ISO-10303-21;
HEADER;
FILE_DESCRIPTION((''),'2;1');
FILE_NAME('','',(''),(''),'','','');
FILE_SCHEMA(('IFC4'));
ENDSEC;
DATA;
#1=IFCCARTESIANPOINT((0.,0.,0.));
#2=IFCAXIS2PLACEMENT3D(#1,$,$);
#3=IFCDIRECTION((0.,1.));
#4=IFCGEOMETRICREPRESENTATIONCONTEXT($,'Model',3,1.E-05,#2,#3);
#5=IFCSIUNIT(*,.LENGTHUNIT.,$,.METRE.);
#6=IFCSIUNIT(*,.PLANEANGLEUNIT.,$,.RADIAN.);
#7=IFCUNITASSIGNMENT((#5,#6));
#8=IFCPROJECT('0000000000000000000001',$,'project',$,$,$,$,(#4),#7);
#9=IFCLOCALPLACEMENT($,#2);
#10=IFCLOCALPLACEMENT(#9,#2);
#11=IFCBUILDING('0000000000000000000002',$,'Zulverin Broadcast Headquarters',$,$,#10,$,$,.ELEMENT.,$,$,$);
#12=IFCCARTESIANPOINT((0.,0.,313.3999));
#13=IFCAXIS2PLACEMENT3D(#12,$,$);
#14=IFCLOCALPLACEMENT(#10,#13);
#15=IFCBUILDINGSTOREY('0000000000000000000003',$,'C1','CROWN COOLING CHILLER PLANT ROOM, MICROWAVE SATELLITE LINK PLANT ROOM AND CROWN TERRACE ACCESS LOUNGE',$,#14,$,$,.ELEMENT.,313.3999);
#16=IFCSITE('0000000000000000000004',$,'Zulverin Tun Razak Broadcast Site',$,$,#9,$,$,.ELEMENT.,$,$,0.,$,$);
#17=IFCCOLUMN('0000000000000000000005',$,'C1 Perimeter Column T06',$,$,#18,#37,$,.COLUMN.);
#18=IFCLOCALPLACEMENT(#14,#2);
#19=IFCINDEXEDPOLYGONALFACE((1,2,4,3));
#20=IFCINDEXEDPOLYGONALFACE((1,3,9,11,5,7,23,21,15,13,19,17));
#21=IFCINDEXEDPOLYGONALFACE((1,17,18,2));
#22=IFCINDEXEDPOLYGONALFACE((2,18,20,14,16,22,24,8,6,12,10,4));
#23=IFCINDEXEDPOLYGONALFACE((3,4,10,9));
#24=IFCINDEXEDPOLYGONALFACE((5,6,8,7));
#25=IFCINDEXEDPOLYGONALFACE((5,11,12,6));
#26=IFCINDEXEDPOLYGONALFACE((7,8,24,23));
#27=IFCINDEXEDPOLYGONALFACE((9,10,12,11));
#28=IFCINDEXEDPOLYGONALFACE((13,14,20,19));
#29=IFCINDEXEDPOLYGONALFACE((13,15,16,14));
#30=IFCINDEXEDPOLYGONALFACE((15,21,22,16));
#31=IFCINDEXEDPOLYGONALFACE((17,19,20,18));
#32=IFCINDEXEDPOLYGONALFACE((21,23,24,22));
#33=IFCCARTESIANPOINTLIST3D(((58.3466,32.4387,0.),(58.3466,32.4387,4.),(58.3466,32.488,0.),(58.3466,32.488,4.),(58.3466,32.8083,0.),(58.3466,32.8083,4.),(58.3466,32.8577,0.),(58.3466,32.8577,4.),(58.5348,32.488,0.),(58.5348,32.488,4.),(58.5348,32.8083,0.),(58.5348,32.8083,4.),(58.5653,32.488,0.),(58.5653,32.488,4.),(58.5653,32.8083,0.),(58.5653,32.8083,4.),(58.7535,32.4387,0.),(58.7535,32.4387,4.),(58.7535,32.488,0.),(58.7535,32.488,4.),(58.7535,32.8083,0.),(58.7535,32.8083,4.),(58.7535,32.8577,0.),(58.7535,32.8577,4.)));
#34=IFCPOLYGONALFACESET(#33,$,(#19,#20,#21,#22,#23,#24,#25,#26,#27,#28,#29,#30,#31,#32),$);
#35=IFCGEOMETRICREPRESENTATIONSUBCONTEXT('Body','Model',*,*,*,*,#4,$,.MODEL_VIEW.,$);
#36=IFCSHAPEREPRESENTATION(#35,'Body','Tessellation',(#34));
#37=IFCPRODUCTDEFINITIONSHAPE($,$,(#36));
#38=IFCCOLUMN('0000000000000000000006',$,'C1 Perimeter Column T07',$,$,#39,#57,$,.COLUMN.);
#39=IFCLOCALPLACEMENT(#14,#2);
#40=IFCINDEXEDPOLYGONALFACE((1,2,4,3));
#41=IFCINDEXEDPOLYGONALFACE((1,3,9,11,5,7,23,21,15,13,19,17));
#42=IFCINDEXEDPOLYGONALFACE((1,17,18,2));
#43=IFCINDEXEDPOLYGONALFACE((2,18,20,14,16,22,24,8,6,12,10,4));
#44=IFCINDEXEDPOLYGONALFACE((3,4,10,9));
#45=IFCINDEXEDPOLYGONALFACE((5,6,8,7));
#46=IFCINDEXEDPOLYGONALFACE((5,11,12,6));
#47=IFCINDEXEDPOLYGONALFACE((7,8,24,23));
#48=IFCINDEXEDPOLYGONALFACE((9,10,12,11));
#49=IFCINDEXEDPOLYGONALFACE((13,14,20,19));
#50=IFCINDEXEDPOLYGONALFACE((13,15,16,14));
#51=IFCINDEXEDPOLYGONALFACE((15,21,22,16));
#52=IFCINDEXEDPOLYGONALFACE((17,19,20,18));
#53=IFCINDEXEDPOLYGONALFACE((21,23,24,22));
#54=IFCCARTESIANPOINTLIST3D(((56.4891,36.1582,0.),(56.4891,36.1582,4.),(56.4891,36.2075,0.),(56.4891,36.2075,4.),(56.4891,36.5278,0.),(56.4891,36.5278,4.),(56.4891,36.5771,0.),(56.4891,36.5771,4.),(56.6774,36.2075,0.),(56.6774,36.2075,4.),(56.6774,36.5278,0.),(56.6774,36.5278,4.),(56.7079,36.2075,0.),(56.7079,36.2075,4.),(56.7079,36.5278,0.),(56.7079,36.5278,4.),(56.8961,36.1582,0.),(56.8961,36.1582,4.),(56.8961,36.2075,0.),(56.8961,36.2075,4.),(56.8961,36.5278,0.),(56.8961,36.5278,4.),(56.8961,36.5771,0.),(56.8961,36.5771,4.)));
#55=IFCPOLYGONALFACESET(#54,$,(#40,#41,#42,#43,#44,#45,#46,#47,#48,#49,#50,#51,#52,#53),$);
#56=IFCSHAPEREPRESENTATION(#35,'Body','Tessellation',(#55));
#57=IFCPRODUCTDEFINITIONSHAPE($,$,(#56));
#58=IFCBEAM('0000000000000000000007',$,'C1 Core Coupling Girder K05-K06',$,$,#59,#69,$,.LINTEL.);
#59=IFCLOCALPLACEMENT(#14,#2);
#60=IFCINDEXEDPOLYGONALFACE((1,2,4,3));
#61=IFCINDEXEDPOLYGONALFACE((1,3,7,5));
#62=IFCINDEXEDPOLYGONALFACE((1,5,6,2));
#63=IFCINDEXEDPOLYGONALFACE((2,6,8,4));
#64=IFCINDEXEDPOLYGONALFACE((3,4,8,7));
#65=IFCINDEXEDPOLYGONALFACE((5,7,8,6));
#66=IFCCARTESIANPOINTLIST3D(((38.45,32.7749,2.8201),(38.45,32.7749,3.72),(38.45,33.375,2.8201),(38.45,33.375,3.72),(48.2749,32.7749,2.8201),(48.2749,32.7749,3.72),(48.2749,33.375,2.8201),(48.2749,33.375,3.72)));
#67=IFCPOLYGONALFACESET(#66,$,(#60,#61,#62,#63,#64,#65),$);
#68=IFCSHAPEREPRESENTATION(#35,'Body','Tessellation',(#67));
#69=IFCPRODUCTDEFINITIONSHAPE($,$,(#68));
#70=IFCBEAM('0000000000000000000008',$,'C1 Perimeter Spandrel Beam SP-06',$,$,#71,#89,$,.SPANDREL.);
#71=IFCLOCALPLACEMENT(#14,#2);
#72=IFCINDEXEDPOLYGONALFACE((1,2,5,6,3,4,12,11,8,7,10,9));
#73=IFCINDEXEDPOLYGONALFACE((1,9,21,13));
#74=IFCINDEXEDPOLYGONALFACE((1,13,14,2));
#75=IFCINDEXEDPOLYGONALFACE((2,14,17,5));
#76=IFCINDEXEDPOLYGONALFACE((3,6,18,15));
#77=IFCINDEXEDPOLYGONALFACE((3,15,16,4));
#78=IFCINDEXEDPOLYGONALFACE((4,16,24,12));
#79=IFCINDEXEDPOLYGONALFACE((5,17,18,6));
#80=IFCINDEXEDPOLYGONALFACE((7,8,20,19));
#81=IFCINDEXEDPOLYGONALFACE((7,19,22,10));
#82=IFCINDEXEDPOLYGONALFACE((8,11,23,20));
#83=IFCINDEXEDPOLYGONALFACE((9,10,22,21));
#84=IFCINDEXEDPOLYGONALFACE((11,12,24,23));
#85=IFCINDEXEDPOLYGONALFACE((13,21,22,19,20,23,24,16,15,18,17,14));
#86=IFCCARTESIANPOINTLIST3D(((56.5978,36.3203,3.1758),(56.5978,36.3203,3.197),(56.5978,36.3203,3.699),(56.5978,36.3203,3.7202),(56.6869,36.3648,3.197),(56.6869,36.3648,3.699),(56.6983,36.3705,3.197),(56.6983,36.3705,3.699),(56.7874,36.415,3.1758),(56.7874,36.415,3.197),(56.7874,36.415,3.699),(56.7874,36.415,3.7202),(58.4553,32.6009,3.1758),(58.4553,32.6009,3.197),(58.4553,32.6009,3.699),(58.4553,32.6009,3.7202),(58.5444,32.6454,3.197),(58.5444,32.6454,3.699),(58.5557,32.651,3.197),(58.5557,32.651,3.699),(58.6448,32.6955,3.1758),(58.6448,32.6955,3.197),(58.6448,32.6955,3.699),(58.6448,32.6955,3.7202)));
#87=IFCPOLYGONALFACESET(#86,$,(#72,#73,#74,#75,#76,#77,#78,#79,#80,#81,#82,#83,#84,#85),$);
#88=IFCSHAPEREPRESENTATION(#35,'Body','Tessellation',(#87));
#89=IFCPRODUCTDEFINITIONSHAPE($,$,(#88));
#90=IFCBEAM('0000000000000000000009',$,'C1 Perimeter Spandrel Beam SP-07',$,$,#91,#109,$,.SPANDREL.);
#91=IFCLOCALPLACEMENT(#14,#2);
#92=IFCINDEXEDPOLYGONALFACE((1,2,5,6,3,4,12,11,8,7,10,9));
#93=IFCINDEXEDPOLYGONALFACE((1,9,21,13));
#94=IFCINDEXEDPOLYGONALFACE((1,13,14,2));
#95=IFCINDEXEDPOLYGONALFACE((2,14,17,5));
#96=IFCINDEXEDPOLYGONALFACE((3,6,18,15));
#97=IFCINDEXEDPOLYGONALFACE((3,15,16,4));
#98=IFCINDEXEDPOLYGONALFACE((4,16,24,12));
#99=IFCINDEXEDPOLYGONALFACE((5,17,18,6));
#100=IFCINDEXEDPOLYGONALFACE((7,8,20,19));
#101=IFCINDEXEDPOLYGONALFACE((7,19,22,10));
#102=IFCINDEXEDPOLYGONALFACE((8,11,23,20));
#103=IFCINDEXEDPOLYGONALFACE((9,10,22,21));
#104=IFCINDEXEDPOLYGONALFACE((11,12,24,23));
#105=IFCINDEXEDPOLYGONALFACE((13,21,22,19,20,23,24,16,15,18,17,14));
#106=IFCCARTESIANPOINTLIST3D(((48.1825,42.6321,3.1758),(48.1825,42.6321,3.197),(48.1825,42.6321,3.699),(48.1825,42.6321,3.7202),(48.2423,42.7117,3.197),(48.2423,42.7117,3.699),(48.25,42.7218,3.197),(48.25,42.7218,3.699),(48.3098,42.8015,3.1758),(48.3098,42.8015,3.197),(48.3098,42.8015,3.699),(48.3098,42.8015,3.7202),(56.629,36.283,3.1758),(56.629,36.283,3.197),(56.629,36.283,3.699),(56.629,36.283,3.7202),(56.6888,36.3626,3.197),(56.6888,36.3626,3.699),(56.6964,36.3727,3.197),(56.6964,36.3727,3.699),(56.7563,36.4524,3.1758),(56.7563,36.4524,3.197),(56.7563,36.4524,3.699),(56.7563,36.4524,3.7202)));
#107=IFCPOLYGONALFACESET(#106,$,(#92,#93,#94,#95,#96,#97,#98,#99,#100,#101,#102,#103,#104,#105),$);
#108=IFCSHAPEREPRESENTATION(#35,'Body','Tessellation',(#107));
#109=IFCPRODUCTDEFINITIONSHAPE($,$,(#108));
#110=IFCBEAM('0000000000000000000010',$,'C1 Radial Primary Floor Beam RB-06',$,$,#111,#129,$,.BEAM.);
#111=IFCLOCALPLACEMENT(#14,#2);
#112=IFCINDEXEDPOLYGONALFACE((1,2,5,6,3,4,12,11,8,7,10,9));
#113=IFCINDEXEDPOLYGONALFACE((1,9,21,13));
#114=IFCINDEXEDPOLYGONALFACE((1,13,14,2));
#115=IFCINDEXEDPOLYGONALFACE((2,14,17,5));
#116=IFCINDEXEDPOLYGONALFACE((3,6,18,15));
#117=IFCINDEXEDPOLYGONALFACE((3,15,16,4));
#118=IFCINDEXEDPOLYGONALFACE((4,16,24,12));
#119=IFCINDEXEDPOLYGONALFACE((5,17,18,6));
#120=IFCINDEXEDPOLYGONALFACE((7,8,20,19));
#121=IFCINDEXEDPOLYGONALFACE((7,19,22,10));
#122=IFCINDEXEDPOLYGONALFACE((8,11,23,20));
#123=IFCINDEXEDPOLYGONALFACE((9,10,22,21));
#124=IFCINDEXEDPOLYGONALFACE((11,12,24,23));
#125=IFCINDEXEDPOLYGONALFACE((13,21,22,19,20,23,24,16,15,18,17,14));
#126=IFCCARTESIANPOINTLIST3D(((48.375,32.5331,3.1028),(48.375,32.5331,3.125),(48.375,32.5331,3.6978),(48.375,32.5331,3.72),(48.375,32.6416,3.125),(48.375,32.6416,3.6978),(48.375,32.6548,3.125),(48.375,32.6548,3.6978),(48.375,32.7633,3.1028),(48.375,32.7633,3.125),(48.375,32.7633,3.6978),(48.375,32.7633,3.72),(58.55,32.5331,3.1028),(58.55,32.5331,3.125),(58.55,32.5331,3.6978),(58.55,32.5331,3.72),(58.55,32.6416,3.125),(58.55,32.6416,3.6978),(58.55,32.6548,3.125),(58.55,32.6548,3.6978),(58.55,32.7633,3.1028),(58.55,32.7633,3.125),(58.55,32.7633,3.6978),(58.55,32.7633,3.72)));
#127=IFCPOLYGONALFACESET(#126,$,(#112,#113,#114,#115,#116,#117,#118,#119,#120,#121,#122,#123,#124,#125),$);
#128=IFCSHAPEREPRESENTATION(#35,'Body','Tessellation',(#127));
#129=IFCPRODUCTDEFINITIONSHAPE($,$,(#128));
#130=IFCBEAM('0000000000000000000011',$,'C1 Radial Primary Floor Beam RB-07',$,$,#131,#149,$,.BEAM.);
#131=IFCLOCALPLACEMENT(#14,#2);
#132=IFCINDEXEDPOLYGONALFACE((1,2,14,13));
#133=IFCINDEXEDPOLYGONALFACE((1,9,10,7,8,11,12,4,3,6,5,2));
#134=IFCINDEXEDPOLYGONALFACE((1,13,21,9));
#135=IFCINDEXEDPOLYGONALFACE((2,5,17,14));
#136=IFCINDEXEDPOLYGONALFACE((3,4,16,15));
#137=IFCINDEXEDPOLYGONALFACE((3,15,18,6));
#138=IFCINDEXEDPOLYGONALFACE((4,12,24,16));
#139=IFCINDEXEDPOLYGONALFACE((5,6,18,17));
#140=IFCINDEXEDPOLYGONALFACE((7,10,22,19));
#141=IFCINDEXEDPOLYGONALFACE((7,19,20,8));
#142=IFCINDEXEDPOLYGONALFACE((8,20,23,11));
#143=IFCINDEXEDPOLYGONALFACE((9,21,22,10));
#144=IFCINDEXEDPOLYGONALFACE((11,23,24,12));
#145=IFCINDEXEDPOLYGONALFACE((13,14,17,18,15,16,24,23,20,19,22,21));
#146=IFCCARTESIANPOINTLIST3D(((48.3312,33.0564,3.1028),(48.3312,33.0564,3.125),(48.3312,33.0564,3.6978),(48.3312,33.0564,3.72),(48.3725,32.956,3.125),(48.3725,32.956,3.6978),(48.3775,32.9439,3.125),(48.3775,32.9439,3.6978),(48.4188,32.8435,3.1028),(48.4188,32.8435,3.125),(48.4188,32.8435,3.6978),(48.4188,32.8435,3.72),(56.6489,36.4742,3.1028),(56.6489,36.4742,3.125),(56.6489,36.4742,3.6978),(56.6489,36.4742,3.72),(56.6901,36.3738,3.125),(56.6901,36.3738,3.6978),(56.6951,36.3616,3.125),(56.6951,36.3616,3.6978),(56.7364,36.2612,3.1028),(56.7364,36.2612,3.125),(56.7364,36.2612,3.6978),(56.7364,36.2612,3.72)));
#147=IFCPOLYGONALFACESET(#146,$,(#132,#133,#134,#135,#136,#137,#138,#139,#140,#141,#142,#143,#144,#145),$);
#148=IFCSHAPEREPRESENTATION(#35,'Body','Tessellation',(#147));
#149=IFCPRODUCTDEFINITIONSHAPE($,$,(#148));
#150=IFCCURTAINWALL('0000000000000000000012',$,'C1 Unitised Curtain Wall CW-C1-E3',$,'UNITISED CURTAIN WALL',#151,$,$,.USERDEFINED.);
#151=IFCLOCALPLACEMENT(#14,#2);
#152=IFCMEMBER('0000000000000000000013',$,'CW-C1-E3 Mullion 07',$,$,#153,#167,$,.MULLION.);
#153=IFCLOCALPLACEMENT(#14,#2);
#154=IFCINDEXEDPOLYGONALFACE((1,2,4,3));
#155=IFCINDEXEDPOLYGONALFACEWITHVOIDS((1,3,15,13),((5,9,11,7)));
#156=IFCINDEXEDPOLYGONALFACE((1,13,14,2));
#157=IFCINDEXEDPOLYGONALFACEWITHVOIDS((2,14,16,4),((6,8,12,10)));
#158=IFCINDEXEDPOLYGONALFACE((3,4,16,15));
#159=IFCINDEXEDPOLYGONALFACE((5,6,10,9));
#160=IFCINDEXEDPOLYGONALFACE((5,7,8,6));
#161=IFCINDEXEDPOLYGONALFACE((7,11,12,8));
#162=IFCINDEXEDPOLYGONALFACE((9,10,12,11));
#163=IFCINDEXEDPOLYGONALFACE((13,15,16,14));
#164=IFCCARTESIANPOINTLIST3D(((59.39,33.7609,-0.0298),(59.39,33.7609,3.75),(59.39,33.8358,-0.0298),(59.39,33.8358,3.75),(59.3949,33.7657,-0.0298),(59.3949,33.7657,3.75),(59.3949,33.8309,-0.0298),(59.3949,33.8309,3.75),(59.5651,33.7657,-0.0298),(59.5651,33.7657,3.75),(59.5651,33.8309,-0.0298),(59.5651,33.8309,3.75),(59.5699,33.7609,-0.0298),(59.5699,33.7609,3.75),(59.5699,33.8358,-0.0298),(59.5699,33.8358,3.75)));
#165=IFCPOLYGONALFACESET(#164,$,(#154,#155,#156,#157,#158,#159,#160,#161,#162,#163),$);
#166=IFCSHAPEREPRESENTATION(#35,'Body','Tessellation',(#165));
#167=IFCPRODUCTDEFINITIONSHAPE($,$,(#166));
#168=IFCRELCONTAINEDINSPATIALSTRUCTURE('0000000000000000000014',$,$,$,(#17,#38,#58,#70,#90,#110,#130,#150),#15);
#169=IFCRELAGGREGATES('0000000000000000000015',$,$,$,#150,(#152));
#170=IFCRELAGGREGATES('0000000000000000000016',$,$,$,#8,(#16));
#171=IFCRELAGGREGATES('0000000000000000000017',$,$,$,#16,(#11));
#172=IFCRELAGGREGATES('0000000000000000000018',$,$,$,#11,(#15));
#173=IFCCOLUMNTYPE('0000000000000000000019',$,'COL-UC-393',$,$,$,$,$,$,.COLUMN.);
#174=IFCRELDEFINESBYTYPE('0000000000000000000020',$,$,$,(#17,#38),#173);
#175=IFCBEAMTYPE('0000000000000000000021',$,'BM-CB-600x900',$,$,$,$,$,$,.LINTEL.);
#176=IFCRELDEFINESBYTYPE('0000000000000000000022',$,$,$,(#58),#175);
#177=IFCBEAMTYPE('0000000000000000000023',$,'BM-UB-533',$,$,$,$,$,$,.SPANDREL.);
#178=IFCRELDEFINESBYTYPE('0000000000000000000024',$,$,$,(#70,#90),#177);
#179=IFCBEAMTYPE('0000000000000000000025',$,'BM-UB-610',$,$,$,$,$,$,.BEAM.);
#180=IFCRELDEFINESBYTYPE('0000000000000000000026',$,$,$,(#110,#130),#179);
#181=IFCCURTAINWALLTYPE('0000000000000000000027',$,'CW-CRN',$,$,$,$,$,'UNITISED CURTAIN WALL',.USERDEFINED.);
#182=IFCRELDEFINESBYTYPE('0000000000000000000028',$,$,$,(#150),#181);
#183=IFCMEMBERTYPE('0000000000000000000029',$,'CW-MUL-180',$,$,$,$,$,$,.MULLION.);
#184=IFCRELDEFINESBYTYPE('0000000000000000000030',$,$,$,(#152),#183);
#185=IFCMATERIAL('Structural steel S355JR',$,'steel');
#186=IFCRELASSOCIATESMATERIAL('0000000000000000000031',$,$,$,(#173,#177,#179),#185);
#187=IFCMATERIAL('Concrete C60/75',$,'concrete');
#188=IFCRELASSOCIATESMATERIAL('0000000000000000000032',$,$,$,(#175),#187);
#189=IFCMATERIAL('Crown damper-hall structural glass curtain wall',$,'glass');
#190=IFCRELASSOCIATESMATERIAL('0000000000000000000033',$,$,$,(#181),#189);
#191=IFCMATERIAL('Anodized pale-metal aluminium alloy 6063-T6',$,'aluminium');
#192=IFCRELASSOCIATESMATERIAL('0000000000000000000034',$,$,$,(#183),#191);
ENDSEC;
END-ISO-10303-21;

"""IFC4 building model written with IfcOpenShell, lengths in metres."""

from ifc_helpers import new_model, si_unit, direction, frame, origin, origin_2d, place, context, subcontext, project, spatial, rectangle, hollow_rectangle, i_section, extrude, material, material_profile, profile_set, type_object, element, aggregate, save


model = new_model("IFC4")

# Units and contexts
model_context = context("Model", 3, precision=1e-05, world=origin(), true_north=direction((0.0, 1.0)))
body_context = subcontext(model_context, "Body", "Model", "MODEL_VIEW")
ifc_project = project(units=[si_unit("LENGTHUNIT", "METRE"), si_unit("PLANEANGLEUNIT", "RADIAN")], contexts=[model_context])

# Site, building, storey
site_placement = place(None, origin())
site = spatial("IfcSite", under=ifc_project, at=site_placement, Name="Zulverin Tun Razak Broadcast Site", CompositionType="ELEMENT", RefElevation=0.0)
building_placement = place(site_placement, origin())
building = spatial("IfcBuilding", under=site, at=building_placement, Name="Zulverin Broadcast Headquarters", CompositionType="ELEMENT")
storey_placement = place(building_placement, frame((0.0, 0.0, 313.3999)))
storey = spatial("IfcBuildingStorey", under=building, at=storey_placement, Name="C1", Description="CROWN COOLING CHILLER PLANT ROOM, MICROWAVE SATELLITE LINK PLANT ROOM AND CROWN TERRACE ACCESS LOUNGE", CompositionType="ELEMENT", Elevation=313.3999)

# Columns
ifc_material_1 = material(Name="Structural steel S355JR", Category="steel")
ifc_material_profile_1 = material_profile(ifc_material_1, i_section(OverallWidth=0.407, OverallDepth=0.4189, WebThickness=0.0305, FlangeThickness=0.0493, at=origin_2d()), Name="Structural steel S355JR", Category="steel")
ifc_profile_set_1 = profile_set([ifc_material_profile_1], Name="Structural steel S355JR")
column_type = type_object("IfcColumnType", Name="COL-UC-393", PredefinedType="COLUMN", material=ifc_profile_set_1)
for number, where, z_axis, x_axis, name in (
    (1, (58.55, 32.6482, 0.0), (0.0, 0.0, 1.0), (1.0, 0.0, 0.0), "C1 Perimeter Column T06"),
    (2, (56.6926, 36.3677, 0.0), (0.0, 0.0, 1.0), (1.0, 0.0, 0.0), "C1 Perimeter Column T07"),
):
    element("IfcColumn", number, at=place(storey_placement, frame(where, z_axis=z_axis, x_axis=x_axis)), inside=storey, type_object=column_type, Name=name, PredefinedType="COLUMN", context=body_context, shape_type="SweptSolid", body=[
        extrude(i_section(OverallWidth=0.407, OverallDepth=0.4189, WebThickness=0.0305, FlangeThickness=0.0493, at=origin_2d()), origin(), (0.0, 0.0, 1.0), 4.0),
    ])

# Beams
ifc_material_2 = material(Name="Concrete C60/75", Category="concrete")
ifc_material_profile_2 = material_profile(ifc_material_2, rectangle(XDim=0.6001, YDim=0.8999, at=origin_2d()), Name="Concrete C60/75", Category="concrete")
ifc_profile_set_2 = profile_set([ifc_material_profile_2], Name="Concrete C60/75")
beam_type_1 = type_object("IfcBeamType", Name="BM-CB-600x900", PredefinedType="LINTEL", material=ifc_profile_set_2)
beam_1_placement = place(storey_placement, frame((48.2749, 33.075, 3.27), z_axis=(-1.0, 0.0, 0.0), x_axis=(0.0, -1.0, 0.0)))
element("IfcBeam", 3, at=beam_1_placement, inside=storey, type_object=beam_type_1, Name="C1 Core Coupling Girder K05-K06", PredefinedType="LINTEL", context=body_context, shape_type="SweptSolid", body=[
    extrude(rectangle(XDim=0.6001, YDim=0.8999, at=origin_2d()), origin(), (0.0, 0.0, 1.0), 9.825),
])
ifc_material_profile_3 = material_profile(ifc_material_1, i_section(OverallWidth=0.2119, OverallDepth=0.5444, WebThickness=0.0127, FlangeThickness=0.0212, at=origin_2d()), Name="Structural steel S355JR", Category="steel")
ifc_profile_set_3 = profile_set([ifc_material_profile_3], Name="Structural steel S355JR")
beam_type_2 = type_object("IfcBeamType", Name="BM-UB-533", PredefinedType="SPANDREL", material=ifc_profile_set_3)
beam_2_placement = place(storey_placement, frame((58.55, 32.6482, 3.448), z_axis=(-0.446767, 0.89465, 0.0), x_axis=(-0.89465, -0.446767, 0.0)))
element("IfcBeam", 4, at=beam_2_placement, inside=storey, type_object=beam_type_2, Name="C1 Perimeter Spandrel Beam SP-06", PredefinedType="SPANDREL", context=body_context, shape_type="SweptSolid", body=[
    extrude(i_section(OverallWidth=0.2119, OverallDepth=0.5444, WebThickness=0.0127, FlangeThickness=0.0212, at=origin_2d()), origin(), (0.0, 0.0, 1.0), 4.1575),
])
beam_3_placement = place(storey_placement, frame((56.6926, 36.3677, 3.448), z_axis=(-0.799354, 0.600861, 0.0), x_axis=(-0.600861, -0.799354, 0.0)))
element("IfcBeam", 5, at=beam_3_placement, inside=storey, type_object=beam_type_2, Name="C1 Perimeter Spandrel Beam SP-07", PredefinedType="SPANDREL", context=body_context, shape_type="SweptSolid", body=[
    extrude(i_section(OverallWidth=0.2119, OverallDepth=0.5444, WebThickness=0.0127, FlangeThickness=0.0212, at=origin_2d()), origin(), (0.0, 0.0, 1.0), 10.5667),
])
ifc_material_profile_4 = material_profile(ifc_material_1, i_section(OverallWidth=0.2302, OverallDepth=0.6172, WebThickness=0.0132, FlangeThickness=0.0222, at=origin_2d()), Name="Structural steel S355JR", Category="steel")
ifc_profile_set_4 = profile_set([ifc_material_profile_4], Name="Structural steel S355JR")
beam_type_3 = type_object("IfcBeamType", Name="BM-UB-610", PredefinedType="BEAM", material=ifc_profile_set_4)
beam_4_placement = place(storey_placement, frame((48.375, 32.6482, 3.4114), z_axis=(1.0, 0.0, 0.0), x_axis=(0.0, 1.0, 0.0)))
element("IfcBeam", 6, at=beam_4_placement, inside=storey, type_object=beam_type_3, Name="C1 Radial Primary Floor Beam RB-06", PredefinedType="BEAM", context=body_context, shape_type="SweptSolid", body=[
    extrude(i_section(OverallWidth=0.2302, OverallDepth=0.6172, WebThickness=0.0132, FlangeThickness=0.0222, at=origin_2d()), origin(), (0.0, 0.0, 1.0), 10.175),
])
beam_5_placement = place(storey_placement, frame((48.375, 32.95, 3.4114), z_axis=(0.924959, 0.380067, 0.0), x_axis=(-0.380067, 0.924959, 0.0)))
element("IfcBeam", 7, at=beam_5_placement, inside=storey, type_object=beam_type_3, Name="C1 Radial Primary Floor Beam RB-07", PredefinedType="BEAM", context=body_context, shape_type="SweptSolid", body=[
    extrude(i_section(OverallWidth=0.2302, OverallDepth=0.6172, WebThickness=0.0132, FlangeThickness=0.0222, at=origin_2d()), origin(), (0.0, 0.0, 1.0), 8.9924),
])

# Curtain wall, member
ifc_material_3 = material(Name="Crown damper-hall structural glass curtain wall", Category="glass")
curtain_wall_type = type_object("IfcCurtainWallType", Name="CW-CRN", ElementType="UNITISED CURTAIN WALL", PredefinedType="USERDEFINED", material=ifc_material_3)
curtain_wall_placement = place(storey_placement, origin())
curtain_wall = element("IfcCurtainWall", 8, at=curtain_wall_placement, inside=storey, type_object=curtain_wall_type, Name="C1 Unitised Curtain Wall CW-C1-E3", ObjectType="UNITISED CURTAIN WALL", PredefinedType="USERDEFINED")
ifc_material_4 = material(Name="Anodized pale-metal aluminium alloy 6063-T6", Category="aluminium")
ifc_material_profile_5 = material_profile(ifc_material_4, hollow_rectangle(XDim=0.075, YDim=0.1799, WallThickness=0.0049, at=origin_2d()), Name="Anodized pale-metal aluminium alloy 6063-T6", Category="aluminium")
ifc_profile_set_5 = profile_set([ifc_material_profile_5], Name="Anodized pale-metal aluminium alloy 6063-T6")
member_type = type_object("IfcMemberType", Name="CW-MUL-180", PredefinedType="MULLION", material=ifc_profile_set_5)
member_placement = place(storey_placement, frame((59.48, 33.7983, -0.0298), z_axis=(0.0, 0.0, 1.0), x_axis=(0.0, 1.0, 0.0)))
member = element("IfcMember", 9, at=member_placement, type_object=member_type, Name="CW-C1-E3 Mullion 07", PredefinedType="MULLION", context=body_context, shape_type="SweptSolid", body=[
    extrude(hollow_rectangle(XDim=0.075, YDim=0.1799, WallThickness=0.0049, at=origin_2d()), origin(), (0.0, 0.0, 1.0), 3.7798),
])
aggregate(curtain_wall, [member])

save(model, "model.ifc")
